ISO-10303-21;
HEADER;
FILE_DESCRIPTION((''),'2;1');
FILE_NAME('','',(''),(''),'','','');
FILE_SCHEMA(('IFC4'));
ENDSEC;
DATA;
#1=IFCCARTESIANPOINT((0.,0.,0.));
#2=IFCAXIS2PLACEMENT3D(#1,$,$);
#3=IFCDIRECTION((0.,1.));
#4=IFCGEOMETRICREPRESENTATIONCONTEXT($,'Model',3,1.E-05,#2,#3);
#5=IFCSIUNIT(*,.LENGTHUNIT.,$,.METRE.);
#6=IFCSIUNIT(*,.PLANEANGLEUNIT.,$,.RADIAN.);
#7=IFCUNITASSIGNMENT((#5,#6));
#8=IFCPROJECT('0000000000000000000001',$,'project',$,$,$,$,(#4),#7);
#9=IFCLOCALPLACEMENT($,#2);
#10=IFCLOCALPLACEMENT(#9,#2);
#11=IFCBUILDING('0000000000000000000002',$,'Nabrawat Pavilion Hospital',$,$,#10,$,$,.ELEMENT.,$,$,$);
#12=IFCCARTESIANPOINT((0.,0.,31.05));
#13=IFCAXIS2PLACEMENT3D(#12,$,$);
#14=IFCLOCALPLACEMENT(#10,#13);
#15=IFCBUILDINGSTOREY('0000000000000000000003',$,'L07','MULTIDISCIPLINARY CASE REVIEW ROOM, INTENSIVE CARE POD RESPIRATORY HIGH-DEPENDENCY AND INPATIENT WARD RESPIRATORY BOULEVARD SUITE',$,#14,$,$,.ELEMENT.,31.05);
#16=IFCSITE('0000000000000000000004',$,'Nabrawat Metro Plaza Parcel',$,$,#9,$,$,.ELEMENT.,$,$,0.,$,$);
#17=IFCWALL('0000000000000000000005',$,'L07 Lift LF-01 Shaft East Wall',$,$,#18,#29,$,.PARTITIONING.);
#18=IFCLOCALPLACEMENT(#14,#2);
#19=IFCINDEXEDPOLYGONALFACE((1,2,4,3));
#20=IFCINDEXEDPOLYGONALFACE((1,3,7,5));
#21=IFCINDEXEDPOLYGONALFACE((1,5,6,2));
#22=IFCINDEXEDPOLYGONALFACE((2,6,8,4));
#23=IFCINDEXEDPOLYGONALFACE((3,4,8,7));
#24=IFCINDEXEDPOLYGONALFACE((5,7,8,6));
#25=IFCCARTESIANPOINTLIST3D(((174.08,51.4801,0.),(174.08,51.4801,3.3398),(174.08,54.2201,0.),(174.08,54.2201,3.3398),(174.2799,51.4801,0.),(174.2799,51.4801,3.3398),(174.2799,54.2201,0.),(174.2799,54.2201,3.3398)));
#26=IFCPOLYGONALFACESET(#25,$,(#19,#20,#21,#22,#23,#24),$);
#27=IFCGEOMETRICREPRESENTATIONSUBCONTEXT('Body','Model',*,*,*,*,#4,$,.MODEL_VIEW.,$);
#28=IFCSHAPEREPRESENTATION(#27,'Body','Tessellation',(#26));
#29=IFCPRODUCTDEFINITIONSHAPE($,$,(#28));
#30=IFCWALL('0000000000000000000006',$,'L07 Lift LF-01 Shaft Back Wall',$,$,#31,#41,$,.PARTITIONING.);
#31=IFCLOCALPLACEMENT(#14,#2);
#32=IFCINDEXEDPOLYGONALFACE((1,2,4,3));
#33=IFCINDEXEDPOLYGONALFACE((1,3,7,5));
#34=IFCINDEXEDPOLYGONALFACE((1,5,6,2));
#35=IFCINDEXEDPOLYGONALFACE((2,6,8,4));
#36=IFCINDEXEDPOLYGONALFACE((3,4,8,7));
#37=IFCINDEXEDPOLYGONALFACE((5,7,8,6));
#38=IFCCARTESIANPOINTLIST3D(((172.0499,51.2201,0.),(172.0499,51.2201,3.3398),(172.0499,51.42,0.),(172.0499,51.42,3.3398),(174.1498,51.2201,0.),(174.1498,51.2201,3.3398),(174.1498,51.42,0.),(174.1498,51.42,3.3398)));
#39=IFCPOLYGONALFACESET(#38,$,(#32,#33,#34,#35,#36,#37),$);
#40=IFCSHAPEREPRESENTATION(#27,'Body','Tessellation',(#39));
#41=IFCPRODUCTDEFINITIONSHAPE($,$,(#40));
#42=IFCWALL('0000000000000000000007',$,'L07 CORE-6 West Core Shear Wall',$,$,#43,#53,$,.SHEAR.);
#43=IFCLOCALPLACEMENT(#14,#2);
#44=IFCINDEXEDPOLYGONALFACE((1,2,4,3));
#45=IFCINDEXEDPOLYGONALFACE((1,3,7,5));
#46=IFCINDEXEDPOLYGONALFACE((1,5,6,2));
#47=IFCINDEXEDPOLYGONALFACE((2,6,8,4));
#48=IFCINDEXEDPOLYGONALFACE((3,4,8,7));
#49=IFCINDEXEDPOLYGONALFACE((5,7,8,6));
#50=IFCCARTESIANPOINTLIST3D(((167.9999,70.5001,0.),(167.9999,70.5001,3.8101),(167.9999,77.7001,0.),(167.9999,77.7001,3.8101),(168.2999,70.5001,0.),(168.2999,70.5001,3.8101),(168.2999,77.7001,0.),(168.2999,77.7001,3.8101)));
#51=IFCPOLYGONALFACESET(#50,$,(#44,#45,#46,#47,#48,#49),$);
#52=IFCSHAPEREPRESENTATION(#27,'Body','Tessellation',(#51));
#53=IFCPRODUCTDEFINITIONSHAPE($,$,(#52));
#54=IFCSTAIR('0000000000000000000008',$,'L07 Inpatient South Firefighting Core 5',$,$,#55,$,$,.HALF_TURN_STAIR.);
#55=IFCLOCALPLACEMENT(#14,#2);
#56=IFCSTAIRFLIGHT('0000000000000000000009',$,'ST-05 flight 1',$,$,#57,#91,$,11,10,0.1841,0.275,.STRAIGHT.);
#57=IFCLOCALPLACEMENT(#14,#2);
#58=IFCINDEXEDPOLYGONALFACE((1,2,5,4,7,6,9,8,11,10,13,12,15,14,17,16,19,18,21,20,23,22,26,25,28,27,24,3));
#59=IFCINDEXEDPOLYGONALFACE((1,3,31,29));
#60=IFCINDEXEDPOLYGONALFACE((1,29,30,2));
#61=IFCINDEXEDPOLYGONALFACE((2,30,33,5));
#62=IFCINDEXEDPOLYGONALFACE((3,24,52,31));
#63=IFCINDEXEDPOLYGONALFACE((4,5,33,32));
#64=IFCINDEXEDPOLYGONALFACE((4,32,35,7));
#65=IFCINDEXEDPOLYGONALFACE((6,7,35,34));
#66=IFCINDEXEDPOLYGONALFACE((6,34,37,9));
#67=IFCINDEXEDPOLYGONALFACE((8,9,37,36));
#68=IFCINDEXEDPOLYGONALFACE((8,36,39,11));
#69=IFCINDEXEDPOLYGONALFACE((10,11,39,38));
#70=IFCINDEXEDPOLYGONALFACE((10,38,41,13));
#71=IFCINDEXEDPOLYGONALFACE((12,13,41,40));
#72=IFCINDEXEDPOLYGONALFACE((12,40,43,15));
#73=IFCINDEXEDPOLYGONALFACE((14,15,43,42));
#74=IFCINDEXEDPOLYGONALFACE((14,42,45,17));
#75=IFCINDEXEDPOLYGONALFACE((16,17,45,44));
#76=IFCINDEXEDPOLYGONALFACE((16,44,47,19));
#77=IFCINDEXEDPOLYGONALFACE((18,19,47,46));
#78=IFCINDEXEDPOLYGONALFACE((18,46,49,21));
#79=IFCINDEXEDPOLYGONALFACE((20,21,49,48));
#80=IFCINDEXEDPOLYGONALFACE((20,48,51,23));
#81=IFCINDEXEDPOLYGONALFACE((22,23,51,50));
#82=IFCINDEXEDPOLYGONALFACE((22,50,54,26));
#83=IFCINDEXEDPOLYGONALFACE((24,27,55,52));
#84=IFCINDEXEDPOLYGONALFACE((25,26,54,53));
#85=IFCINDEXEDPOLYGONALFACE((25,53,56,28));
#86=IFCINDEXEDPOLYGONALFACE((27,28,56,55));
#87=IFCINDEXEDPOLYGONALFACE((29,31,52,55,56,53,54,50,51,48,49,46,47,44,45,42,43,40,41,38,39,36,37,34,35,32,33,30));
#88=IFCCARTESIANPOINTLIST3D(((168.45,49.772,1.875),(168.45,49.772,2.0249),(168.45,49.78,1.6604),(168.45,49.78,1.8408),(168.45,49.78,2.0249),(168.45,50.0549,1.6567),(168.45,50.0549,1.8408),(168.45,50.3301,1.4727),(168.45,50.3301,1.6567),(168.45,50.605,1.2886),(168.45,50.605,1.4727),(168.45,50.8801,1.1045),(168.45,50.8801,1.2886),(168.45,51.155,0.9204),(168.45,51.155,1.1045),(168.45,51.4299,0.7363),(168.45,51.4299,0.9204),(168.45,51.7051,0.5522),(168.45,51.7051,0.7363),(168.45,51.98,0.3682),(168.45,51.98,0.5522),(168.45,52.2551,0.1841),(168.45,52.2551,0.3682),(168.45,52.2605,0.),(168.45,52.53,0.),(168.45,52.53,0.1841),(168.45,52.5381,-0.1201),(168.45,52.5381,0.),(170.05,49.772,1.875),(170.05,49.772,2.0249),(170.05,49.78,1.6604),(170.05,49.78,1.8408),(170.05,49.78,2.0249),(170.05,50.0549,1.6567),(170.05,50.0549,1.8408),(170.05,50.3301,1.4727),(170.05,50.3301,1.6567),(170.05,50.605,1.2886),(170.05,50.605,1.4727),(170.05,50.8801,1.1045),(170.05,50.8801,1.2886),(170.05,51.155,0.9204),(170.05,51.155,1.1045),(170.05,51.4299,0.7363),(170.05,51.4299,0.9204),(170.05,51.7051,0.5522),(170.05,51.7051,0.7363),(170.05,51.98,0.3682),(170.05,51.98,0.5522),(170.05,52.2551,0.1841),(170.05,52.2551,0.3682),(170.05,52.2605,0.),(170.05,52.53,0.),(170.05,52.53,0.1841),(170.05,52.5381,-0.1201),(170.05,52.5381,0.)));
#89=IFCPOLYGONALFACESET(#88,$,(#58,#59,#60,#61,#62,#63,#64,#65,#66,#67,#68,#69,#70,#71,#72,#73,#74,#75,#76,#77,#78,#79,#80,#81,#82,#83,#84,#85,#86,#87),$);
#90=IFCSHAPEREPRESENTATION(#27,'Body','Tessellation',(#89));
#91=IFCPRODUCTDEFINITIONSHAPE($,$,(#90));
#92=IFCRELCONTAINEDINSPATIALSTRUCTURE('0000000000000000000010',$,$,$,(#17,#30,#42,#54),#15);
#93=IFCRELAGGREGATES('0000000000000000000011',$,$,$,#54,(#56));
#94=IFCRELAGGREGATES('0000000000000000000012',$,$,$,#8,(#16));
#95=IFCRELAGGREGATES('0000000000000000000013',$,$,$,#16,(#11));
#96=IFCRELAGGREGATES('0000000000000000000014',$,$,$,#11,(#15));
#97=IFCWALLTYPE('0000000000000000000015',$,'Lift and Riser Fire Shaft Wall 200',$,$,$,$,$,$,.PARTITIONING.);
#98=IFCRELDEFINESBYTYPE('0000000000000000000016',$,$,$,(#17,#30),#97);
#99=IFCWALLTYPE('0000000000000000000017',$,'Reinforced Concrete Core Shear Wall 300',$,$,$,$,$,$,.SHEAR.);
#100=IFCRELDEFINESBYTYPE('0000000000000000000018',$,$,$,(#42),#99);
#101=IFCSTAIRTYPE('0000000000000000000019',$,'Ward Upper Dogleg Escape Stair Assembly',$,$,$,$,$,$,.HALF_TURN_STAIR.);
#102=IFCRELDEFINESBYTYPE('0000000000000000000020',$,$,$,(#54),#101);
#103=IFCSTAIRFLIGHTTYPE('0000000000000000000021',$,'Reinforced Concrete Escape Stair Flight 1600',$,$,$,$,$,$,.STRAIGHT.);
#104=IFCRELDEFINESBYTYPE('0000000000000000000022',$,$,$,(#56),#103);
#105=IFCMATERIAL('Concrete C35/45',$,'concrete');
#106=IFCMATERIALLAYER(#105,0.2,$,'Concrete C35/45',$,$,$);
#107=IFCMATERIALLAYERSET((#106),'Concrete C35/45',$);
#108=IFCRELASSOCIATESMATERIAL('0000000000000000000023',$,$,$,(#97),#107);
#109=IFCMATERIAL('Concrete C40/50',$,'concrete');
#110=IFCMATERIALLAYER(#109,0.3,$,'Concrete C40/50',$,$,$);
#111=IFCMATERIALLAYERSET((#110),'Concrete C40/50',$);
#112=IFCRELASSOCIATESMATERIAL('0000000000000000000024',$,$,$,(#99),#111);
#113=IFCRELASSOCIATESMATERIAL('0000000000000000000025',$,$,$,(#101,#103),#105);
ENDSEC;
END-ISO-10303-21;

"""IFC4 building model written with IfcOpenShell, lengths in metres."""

from ifc_helpers import new_model, si_unit, direction, frame, frame_2d, origin, place, context, subcontext, project, spatial, polyline, rectangle, outline, extrude, material, layer, layer_set, type_object, element, aggregate, save


model = new_model("IFC4")

# Units and contexts
model_context = context("Model", 3, precision=1e-05, world=origin(), true_north=direction((0.0, 1.0)))
body_context = subcontext(model_context, "Body", "Model", "MODEL_VIEW")
ifc_project = project(units=[si_unit("LENGTHUNIT", "METRE"), si_unit("PLANEANGLEUNIT", "RADIAN")], contexts=[model_context])

# Site, building, storey
site_placement = place(None, origin())
site = spatial("IfcSite", under=ifc_project, at=site_placement, Name="Nabrawat Metro Plaza Parcel", CompositionType="ELEMENT", RefElevation=0.0)
building_placement = place(site_placement, origin())
building = spatial("IfcBuilding", under=site, at=building_placement, Name="Nabrawat Pavilion Hospital", CompositionType="ELEMENT")
storey_placement = place(building_placement, frame((0.0, 0.0, 31.05)))
storey = spatial("IfcBuildingStorey", under=building, at=storey_placement, Name="L07", Description="MULTIDISCIPLINARY CASE REVIEW ROOM, INTENSIVE CARE POD RESPIRATORY HIGH-DEPENDENCY AND INPATIENT WARD RESPIRATORY BOULEVARD SUITE", CompositionType="ELEMENT", Elevation=31.05)

# Shared definitions
ifc_material_1 = material(Name="Concrete C35/45", Category="concrete")

# Walls
ifc_layer_1 = layer(ifc_material_1, 0.2, Name="Concrete C35/45")
ifc_layer_set_1 = layer_set([ifc_layer_1], Name="Concrete C35/45")
wall_type_1 = type_object("IfcWallType", Name="Lift and Riser Fire Shaft Wall 200", PredefinedType="PARTITIONING", material=ifc_layer_set_1)
wall_1_placement = place(storey_placement, frame((174.1799, 51.48, 0.0), z_axis=(0.0, 0.0, 1.0), x_axis=(0.0, 1.0, 0.0)))
element("IfcWall", 1, at=wall_1_placement, inside=storey, type_object=wall_type_1, Name="L07 Lift LF-01 Shaft East Wall", PredefinedType="PARTITIONING", context=body_context, shape_type="SweptSolid", body=[
    extrude(rectangle(XDim=2.74, YDim=0.2, at=frame_2d((1.3701, 0.0))), origin(), (0.0, 0.0, 1.0), 3.3398),
])
wall_2_placement = place(storey_placement, frame((172.05, 51.3201, 0.0), z_axis=(0.0, 0.0, 1.0), x_axis=(1.0, 0.0, 0.0)))
element("IfcWall", 2, at=wall_2_placement, inside=storey, type_object=wall_type_1, Name="L07 Lift LF-01 Shaft Back Wall", PredefinedType="PARTITIONING", context=body_context, shape_type="SweptSolid", body=[
    extrude(rectangle(XDim=2.0999, YDim=0.2, at=frame_2d((1.0498, 0.0))), origin(), (0.0, 0.0, 1.0), 3.3398),
])

# Shared definitions
ifc_material_2 = material(Name="Concrete C40/50", Category="concrete")
ifc_layer_2 = layer(ifc_material_2, 0.3, Name="Concrete C40/50")
ifc_layer_set_2 = layer_set([ifc_layer_2], Name="Concrete C40/50")
wall_type_2 = type_object("IfcWallType", Name="Reinforced Concrete Core Shear Wall 300", PredefinedType="SHEAR", material=ifc_layer_set_2)

# Wall
wall_3_placement = place(storey_placement, frame((168.1499, 70.5, 0.0), z_axis=(0.0, 0.0, 1.0), x_axis=(0.0, 1.0, 0.0)))
element("IfcWall", 3, at=wall_3_placement, inside=storey, type_object=wall_type_2, Name="L07 CORE-6 West Core Shear Wall", PredefinedType="SHEAR", context=body_context, shape_type="SweptSolid", body=[
    extrude(rectangle(XDim=7.2, YDim=0.3, at=frame_2d((3.6001, 0.0))), origin(), (0.0, 0.0, 1.0), 3.8101),
])

# Stair, stair flight
stair_type = type_object("IfcStairType", Name="Ward Upper Dogleg Escape Stair Assembly", PredefinedType="HALF_TURN_STAIR", material=ifc_material_1)
stair_placement = place(storey_placement, origin())
stair = element("IfcStair", 4, at=stair_placement, inside=storey, type_object=stair_type, Name="L07 Inpatient South Firefighting Core 5", PredefinedType="HALF_TURN_STAIR")
stair_flight_type = type_object("IfcStairFlightType", Name="Reinforced Concrete Escape Stair Flight 1600", PredefinedType="STRAIGHT", material=ifc_material_1)
stair_flight_placement = place(storey_placement, frame((169.25, 52.53, 0.0), z_axis=(0.0, 0.0, 1.0), x_axis=(0.0, -1.0, 0.0)))
stair_flight = element("IfcStairFlight", 5, at=stair_flight_placement, type_object=stair_flight_type, Name="ST-05 flight 1", NumberOfRisers=11, NumberOfTreads=10, PredefinedType="STRAIGHT", RiserHeight=0.1841, TreadLength=0.275, context=body_context, shape_type="SweptSolid", body=[
    extrude(outline(polyline([(-0.0081, 0.0), (0.0, 0.0), (0.0, 0.1841), (0.2749, 0.1841), (0.2749, 0.3682), (0.55, 0.3682), (0.55, 0.5522), (0.825, 0.5522), (0.825, 0.7363), (1.1001, 0.7363), (1.1001, 0.9204), (1.375, 0.9204), (1.375, 1.1045), (1.6499, 1.1045), (1.6499, 1.2886), (1.925, 1.2886), (1.925, 1.4727), (2.2, 1.4727), (2.2, 1.6567), (2.4751, 1.6567), (2.4751, 1.8408), (2.75, 1.8408), (2.75, 2.0249), (2.7581, 2.0249), (2.7581, 1.875), (2.75, 1.6604), (0.2695, 0.0), (-0.0081, -0.1201), (-0.0081, 0.0)])), frame((0.0, 0.8, 0.0), z_axis=(0.0, -1.0, 0.0), x_axis=(1.0, 0.0, 0.0)), (0.0, 0.0, 1.0), 1.6001),
])
aggregate(stair, [stair_flight])

save(model, "model.ifc")
